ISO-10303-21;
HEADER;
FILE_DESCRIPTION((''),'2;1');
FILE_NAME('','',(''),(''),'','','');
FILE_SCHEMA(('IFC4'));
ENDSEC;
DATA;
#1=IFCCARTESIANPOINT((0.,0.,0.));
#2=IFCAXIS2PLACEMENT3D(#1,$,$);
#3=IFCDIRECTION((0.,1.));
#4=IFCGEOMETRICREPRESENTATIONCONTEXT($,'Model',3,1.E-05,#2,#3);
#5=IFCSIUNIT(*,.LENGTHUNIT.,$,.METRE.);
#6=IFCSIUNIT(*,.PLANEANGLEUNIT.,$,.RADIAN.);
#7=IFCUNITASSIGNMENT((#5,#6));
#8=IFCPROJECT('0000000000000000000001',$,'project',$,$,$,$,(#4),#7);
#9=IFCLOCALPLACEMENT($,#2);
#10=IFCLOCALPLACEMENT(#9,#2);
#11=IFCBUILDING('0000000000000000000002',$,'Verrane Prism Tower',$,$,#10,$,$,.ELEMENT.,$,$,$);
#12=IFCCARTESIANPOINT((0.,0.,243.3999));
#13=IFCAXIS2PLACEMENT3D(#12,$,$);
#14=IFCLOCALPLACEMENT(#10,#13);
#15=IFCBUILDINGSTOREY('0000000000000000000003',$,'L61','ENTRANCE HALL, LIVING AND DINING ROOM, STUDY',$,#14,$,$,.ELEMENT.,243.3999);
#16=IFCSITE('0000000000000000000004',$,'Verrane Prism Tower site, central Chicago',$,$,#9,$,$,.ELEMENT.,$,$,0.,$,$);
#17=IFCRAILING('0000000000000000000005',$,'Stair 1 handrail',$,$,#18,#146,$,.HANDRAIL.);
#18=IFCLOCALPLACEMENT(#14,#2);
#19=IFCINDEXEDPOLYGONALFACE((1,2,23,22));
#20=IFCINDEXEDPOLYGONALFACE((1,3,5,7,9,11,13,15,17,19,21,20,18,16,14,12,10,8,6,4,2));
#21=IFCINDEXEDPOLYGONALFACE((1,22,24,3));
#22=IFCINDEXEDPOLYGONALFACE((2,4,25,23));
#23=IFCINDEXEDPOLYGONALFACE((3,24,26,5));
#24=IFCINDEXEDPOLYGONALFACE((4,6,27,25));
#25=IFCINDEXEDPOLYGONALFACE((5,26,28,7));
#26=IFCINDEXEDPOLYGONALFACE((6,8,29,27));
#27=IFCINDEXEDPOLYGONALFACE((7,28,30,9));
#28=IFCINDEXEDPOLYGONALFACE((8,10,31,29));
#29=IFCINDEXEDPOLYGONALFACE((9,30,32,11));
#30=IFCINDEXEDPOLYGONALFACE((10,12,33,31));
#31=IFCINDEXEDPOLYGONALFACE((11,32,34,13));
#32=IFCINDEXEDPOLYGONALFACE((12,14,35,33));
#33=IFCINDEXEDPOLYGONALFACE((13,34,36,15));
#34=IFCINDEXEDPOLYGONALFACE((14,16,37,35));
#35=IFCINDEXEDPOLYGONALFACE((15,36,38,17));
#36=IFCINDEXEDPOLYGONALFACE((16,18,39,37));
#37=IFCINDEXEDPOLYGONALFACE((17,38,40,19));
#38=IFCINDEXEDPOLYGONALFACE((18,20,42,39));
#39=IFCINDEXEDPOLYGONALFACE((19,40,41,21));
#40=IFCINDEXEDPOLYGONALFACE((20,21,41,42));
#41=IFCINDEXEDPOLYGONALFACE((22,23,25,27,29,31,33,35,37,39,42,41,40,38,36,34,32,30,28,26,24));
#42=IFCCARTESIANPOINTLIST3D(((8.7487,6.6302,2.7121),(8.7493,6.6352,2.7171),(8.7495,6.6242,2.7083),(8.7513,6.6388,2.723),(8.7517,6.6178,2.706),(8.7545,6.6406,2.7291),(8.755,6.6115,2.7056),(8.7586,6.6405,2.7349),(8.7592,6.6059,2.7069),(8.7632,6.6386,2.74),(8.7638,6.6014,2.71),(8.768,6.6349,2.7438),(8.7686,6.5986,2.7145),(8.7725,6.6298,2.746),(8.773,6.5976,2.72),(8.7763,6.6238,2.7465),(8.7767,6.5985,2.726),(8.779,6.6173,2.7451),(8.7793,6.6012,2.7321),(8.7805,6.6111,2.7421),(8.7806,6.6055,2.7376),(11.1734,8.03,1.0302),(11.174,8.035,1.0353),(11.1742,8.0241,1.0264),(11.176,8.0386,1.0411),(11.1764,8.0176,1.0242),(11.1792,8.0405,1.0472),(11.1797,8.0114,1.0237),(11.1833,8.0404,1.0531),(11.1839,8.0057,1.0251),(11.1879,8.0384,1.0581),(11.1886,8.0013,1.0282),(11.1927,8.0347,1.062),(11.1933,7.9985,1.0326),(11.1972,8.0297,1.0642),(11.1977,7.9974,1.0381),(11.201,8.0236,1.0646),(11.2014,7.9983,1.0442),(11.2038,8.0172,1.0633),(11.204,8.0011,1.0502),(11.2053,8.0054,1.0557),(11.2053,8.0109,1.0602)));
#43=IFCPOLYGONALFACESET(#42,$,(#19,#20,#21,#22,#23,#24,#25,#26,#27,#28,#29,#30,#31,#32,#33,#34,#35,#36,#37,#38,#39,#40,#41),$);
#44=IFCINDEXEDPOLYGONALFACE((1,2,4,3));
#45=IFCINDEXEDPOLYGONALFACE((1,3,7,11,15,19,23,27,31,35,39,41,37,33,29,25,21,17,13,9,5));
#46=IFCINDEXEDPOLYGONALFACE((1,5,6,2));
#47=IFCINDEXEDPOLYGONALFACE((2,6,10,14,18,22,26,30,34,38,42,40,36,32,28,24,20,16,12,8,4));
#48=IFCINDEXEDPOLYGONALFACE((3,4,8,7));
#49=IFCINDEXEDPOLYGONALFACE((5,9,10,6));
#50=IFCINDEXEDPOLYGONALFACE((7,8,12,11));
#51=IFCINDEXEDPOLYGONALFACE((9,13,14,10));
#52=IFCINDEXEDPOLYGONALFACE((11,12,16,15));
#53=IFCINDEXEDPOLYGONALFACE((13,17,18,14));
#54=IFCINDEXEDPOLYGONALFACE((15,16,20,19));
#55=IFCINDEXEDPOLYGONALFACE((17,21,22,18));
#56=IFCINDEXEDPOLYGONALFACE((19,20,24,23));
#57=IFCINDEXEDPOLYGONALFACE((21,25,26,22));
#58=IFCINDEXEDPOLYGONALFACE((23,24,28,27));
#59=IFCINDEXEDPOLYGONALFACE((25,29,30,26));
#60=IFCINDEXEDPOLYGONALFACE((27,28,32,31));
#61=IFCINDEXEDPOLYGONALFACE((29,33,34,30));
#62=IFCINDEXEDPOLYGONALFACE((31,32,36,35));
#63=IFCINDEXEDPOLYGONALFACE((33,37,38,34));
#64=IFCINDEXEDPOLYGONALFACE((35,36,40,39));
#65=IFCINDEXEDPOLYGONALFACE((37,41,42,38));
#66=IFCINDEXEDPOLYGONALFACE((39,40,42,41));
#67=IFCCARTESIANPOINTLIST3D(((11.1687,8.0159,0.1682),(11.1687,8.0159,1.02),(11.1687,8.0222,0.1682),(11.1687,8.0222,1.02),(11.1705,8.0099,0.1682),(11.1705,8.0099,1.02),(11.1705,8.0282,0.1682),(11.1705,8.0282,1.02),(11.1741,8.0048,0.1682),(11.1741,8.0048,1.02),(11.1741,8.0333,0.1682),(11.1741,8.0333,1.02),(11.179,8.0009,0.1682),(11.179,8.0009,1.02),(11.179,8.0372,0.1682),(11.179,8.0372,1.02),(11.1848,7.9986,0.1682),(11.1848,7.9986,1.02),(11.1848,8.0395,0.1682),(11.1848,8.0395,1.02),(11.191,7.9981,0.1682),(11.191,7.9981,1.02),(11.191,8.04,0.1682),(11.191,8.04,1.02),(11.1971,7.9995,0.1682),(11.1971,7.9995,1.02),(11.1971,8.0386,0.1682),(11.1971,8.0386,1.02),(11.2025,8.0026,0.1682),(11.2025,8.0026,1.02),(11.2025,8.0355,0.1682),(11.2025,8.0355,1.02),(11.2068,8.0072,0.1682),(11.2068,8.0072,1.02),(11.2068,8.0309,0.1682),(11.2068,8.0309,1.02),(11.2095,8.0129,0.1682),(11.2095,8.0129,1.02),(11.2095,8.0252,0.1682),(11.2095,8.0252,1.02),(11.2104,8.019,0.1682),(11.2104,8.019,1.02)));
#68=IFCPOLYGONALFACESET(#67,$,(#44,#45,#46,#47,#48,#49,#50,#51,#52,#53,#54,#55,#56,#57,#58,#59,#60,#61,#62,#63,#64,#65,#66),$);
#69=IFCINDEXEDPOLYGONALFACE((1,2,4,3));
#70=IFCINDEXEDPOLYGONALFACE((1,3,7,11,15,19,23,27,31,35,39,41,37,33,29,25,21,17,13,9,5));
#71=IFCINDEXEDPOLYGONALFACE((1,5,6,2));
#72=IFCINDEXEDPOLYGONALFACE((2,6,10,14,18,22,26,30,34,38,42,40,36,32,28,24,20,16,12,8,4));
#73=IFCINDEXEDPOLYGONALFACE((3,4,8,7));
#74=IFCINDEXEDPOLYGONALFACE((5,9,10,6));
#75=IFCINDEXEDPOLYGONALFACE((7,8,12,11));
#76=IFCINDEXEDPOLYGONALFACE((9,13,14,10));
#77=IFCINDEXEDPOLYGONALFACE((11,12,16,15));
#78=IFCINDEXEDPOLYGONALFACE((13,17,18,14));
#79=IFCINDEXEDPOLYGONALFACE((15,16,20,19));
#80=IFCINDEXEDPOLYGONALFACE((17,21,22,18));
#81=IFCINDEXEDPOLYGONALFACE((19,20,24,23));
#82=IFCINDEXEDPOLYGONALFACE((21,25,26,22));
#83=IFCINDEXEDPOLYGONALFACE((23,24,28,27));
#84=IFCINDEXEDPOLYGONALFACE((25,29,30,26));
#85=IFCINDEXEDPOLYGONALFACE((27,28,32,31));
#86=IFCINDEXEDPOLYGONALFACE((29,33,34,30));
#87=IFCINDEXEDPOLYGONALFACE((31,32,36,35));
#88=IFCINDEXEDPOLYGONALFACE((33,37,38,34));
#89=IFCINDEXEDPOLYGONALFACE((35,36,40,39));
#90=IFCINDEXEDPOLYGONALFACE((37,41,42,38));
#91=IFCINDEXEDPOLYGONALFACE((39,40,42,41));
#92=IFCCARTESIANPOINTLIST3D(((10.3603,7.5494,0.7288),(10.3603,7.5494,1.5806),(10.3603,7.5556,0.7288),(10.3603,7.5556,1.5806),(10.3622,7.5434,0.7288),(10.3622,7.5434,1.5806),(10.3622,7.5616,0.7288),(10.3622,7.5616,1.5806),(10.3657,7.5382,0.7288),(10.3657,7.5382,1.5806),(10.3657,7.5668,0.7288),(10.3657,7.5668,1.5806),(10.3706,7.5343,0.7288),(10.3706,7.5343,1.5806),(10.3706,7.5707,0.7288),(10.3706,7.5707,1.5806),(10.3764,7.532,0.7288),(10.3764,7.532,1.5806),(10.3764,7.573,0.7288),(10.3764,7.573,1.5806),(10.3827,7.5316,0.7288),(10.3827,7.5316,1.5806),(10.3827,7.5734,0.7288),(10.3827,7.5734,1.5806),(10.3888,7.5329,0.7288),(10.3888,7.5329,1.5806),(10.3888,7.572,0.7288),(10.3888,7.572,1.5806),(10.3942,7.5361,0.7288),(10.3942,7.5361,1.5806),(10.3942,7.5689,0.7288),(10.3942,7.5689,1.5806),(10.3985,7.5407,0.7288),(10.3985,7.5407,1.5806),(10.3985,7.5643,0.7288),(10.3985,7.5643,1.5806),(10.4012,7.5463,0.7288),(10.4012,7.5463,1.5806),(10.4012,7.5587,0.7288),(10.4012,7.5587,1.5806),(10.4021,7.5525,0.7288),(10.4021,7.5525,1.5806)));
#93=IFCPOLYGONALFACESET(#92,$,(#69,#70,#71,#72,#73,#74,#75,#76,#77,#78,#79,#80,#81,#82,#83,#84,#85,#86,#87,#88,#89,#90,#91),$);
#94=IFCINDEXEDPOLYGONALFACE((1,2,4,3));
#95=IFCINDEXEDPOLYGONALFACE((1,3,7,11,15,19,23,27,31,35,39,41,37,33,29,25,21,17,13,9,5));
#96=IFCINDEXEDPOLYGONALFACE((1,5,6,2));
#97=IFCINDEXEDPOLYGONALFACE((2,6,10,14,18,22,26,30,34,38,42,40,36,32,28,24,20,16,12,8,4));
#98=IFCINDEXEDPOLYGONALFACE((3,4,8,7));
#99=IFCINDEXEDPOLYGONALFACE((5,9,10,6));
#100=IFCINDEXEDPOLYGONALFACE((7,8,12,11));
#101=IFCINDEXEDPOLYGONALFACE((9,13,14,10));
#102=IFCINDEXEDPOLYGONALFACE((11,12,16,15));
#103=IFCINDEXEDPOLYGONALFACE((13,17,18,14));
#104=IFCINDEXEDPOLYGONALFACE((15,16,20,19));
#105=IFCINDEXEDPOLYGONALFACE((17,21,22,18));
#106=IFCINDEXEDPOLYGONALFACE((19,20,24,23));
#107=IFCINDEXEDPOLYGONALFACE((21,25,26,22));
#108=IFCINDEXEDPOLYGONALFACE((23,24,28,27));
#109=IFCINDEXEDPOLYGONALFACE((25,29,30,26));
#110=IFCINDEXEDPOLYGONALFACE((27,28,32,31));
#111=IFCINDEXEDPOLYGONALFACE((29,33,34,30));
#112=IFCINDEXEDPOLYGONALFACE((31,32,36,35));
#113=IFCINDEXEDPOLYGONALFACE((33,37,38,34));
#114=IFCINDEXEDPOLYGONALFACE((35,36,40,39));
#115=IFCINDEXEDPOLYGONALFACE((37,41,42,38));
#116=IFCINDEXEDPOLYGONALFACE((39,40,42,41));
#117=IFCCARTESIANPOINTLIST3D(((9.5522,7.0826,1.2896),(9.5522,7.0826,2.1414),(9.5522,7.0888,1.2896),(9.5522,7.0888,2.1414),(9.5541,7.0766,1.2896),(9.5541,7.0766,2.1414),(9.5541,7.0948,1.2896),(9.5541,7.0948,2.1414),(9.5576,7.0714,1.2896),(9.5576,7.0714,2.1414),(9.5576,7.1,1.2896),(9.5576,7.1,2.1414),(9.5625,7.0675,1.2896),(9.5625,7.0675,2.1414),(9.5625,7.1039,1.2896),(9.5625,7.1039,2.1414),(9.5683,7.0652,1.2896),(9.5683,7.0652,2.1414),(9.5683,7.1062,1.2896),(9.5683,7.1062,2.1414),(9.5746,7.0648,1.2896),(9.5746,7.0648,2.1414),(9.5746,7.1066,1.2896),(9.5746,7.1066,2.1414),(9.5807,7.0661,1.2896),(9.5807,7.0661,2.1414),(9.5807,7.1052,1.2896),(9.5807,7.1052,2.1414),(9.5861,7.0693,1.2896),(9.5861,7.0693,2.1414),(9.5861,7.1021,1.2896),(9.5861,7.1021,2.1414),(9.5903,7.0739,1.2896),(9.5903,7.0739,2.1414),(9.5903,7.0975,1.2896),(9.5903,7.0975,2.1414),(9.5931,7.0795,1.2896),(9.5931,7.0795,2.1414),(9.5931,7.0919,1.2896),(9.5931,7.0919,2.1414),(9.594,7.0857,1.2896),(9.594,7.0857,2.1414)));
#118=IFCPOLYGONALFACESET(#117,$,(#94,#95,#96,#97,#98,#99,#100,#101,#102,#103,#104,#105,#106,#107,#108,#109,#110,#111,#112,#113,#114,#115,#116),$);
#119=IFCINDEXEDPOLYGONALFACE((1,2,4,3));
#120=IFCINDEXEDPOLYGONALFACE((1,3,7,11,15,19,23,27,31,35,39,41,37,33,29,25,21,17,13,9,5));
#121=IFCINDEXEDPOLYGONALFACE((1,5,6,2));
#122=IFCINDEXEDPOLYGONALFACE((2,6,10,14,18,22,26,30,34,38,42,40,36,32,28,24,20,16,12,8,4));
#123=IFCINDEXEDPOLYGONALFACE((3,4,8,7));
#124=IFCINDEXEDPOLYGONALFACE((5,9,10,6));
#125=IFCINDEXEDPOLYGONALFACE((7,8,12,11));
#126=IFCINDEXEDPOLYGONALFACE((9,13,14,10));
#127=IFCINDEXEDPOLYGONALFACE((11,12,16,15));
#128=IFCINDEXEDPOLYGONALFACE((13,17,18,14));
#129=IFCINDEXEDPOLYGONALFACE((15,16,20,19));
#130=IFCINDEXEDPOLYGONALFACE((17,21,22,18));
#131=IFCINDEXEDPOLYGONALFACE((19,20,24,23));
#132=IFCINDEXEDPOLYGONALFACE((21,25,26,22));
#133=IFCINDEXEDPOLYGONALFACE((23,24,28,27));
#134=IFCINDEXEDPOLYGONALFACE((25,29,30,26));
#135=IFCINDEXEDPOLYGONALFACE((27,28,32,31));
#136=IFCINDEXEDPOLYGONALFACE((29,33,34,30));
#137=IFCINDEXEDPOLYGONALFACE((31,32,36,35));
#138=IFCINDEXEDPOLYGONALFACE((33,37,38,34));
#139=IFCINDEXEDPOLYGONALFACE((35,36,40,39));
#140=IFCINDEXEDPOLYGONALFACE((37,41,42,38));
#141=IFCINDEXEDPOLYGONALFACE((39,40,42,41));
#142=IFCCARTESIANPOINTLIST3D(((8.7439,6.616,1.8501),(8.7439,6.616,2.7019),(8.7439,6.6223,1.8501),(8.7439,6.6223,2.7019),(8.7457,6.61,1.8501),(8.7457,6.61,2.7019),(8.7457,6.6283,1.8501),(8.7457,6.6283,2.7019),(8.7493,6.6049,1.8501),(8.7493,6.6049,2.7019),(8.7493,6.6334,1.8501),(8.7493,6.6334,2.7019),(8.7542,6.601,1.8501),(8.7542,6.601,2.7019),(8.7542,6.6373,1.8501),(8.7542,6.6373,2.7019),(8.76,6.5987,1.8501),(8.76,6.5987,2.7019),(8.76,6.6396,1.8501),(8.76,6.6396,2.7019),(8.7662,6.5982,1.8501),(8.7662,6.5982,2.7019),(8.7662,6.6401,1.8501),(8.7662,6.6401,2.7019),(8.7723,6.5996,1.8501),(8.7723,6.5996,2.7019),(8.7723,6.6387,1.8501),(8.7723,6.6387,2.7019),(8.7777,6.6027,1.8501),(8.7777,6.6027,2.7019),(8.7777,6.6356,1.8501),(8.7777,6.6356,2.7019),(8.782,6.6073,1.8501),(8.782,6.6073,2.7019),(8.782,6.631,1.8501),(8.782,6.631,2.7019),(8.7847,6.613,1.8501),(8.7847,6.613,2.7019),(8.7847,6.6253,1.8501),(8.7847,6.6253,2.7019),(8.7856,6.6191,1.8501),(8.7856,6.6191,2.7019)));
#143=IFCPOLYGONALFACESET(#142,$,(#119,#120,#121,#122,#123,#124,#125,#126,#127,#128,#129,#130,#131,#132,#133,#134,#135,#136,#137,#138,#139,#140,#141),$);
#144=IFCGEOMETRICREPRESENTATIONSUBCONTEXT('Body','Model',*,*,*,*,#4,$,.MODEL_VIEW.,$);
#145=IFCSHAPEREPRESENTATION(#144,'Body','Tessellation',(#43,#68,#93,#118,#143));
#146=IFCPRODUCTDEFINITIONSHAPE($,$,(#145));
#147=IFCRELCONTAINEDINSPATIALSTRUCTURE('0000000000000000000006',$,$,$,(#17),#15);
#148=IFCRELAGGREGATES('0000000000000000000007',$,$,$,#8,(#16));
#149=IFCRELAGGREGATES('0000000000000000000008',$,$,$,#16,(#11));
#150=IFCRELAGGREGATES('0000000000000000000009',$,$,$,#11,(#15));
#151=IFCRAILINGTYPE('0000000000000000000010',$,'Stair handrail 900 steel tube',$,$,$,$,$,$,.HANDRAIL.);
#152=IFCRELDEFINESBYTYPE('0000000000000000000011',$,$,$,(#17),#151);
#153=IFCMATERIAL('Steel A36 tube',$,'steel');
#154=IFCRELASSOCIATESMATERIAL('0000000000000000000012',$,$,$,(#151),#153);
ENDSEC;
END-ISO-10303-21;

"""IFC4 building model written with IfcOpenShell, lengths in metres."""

from ifc_helpers import new_model, si_unit, direction, frame, origin, origin_2d, place, context, subcontext, project, spatial, circle, extrude, material, type_object, element, save


model = new_model("IFC4")

# Units and contexts
model_context = context("Model", 3, precision=1e-05, world=origin(), true_north=direction((0.0, 1.0)))
body_context = subcontext(model_context, "Body", "Model", "MODEL_VIEW")
ifc_project = project(units=[si_unit("LENGTHUNIT", "METRE"), si_unit("PLANEANGLEUNIT", "RADIAN")], contexts=[model_context])

# Site, building, storey
site_placement = place(None, origin())
site = spatial("IfcSite", under=ifc_project, at=site_placement, Name="Verrane Prism Tower site, central Chicago", CompositionType="ELEMENT", RefElevation=0.0)
building_placement = place(site_placement, origin())
building = spatial("IfcBuilding", under=site, at=building_placement, Name="Verrane Prism Tower", CompositionType="ELEMENT")
storey_placement = place(building_placement, frame((0.0, 0.0, 243.3999)))
storey = spatial("IfcBuildingStorey", under=building, at=storey_placement, Name="L61", Description="ENTRANCE HALL, LIVING AND DINING ROOM, STUDY", CompositionType="ELEMENT", Elevation=243.3999)

# Railing
ifc_material_1 = material(Name="Steel A36 tube", Category="steel")
railing_type = type_object("IfcRailingType", Name="Stair handrail 900 steel tube", PredefinedType="HANDRAIL", material=ifc_material_1)
railing_placement = place(storey_placement, frame((11.1895, 8.019, 0.1682)))
element("IfcRailing", 1, at=railing_placement, inside=storey, type_object=railing_type, Name="Stair 1 handrail", PredefinedType="HANDRAIL", context=body_context, shape_type="SweptSolid", body=[
    extrude(circle(Radius=0.0239, at=origin_2d()), frame((0.0, 0.0, 0.876), z_axis=(-0.74239, -0.428601, 0.514934), x_axis=(0.499984, -0.866035, 0.0)), (0.0, 0.0, 1.0), 3.2661),
    extrude(circle(Radius=0.021, at=origin_2d()), origin(), (0.0, 0.0, 1.0), 0.8518),
    extrude(circle(Radius=0.021, at=origin_2d()), frame((-0.8083, -0.4666, 0.5605)), (0.0, 0.0, 1.0), 0.8518),
    extrude(circle(Radius=0.021, at=origin_2d()), frame((-1.6165, -0.9333, 1.1213)), (0.0, 0.0, 1.0), 0.8518),
    extrude(circle(Radius=0.021, at=origin_2d()), frame((-2.4248, -1.3999, 1.6819)), (0.0, 0.0, 1.0), 0.8518),
])

save(model, "model.ifc")
